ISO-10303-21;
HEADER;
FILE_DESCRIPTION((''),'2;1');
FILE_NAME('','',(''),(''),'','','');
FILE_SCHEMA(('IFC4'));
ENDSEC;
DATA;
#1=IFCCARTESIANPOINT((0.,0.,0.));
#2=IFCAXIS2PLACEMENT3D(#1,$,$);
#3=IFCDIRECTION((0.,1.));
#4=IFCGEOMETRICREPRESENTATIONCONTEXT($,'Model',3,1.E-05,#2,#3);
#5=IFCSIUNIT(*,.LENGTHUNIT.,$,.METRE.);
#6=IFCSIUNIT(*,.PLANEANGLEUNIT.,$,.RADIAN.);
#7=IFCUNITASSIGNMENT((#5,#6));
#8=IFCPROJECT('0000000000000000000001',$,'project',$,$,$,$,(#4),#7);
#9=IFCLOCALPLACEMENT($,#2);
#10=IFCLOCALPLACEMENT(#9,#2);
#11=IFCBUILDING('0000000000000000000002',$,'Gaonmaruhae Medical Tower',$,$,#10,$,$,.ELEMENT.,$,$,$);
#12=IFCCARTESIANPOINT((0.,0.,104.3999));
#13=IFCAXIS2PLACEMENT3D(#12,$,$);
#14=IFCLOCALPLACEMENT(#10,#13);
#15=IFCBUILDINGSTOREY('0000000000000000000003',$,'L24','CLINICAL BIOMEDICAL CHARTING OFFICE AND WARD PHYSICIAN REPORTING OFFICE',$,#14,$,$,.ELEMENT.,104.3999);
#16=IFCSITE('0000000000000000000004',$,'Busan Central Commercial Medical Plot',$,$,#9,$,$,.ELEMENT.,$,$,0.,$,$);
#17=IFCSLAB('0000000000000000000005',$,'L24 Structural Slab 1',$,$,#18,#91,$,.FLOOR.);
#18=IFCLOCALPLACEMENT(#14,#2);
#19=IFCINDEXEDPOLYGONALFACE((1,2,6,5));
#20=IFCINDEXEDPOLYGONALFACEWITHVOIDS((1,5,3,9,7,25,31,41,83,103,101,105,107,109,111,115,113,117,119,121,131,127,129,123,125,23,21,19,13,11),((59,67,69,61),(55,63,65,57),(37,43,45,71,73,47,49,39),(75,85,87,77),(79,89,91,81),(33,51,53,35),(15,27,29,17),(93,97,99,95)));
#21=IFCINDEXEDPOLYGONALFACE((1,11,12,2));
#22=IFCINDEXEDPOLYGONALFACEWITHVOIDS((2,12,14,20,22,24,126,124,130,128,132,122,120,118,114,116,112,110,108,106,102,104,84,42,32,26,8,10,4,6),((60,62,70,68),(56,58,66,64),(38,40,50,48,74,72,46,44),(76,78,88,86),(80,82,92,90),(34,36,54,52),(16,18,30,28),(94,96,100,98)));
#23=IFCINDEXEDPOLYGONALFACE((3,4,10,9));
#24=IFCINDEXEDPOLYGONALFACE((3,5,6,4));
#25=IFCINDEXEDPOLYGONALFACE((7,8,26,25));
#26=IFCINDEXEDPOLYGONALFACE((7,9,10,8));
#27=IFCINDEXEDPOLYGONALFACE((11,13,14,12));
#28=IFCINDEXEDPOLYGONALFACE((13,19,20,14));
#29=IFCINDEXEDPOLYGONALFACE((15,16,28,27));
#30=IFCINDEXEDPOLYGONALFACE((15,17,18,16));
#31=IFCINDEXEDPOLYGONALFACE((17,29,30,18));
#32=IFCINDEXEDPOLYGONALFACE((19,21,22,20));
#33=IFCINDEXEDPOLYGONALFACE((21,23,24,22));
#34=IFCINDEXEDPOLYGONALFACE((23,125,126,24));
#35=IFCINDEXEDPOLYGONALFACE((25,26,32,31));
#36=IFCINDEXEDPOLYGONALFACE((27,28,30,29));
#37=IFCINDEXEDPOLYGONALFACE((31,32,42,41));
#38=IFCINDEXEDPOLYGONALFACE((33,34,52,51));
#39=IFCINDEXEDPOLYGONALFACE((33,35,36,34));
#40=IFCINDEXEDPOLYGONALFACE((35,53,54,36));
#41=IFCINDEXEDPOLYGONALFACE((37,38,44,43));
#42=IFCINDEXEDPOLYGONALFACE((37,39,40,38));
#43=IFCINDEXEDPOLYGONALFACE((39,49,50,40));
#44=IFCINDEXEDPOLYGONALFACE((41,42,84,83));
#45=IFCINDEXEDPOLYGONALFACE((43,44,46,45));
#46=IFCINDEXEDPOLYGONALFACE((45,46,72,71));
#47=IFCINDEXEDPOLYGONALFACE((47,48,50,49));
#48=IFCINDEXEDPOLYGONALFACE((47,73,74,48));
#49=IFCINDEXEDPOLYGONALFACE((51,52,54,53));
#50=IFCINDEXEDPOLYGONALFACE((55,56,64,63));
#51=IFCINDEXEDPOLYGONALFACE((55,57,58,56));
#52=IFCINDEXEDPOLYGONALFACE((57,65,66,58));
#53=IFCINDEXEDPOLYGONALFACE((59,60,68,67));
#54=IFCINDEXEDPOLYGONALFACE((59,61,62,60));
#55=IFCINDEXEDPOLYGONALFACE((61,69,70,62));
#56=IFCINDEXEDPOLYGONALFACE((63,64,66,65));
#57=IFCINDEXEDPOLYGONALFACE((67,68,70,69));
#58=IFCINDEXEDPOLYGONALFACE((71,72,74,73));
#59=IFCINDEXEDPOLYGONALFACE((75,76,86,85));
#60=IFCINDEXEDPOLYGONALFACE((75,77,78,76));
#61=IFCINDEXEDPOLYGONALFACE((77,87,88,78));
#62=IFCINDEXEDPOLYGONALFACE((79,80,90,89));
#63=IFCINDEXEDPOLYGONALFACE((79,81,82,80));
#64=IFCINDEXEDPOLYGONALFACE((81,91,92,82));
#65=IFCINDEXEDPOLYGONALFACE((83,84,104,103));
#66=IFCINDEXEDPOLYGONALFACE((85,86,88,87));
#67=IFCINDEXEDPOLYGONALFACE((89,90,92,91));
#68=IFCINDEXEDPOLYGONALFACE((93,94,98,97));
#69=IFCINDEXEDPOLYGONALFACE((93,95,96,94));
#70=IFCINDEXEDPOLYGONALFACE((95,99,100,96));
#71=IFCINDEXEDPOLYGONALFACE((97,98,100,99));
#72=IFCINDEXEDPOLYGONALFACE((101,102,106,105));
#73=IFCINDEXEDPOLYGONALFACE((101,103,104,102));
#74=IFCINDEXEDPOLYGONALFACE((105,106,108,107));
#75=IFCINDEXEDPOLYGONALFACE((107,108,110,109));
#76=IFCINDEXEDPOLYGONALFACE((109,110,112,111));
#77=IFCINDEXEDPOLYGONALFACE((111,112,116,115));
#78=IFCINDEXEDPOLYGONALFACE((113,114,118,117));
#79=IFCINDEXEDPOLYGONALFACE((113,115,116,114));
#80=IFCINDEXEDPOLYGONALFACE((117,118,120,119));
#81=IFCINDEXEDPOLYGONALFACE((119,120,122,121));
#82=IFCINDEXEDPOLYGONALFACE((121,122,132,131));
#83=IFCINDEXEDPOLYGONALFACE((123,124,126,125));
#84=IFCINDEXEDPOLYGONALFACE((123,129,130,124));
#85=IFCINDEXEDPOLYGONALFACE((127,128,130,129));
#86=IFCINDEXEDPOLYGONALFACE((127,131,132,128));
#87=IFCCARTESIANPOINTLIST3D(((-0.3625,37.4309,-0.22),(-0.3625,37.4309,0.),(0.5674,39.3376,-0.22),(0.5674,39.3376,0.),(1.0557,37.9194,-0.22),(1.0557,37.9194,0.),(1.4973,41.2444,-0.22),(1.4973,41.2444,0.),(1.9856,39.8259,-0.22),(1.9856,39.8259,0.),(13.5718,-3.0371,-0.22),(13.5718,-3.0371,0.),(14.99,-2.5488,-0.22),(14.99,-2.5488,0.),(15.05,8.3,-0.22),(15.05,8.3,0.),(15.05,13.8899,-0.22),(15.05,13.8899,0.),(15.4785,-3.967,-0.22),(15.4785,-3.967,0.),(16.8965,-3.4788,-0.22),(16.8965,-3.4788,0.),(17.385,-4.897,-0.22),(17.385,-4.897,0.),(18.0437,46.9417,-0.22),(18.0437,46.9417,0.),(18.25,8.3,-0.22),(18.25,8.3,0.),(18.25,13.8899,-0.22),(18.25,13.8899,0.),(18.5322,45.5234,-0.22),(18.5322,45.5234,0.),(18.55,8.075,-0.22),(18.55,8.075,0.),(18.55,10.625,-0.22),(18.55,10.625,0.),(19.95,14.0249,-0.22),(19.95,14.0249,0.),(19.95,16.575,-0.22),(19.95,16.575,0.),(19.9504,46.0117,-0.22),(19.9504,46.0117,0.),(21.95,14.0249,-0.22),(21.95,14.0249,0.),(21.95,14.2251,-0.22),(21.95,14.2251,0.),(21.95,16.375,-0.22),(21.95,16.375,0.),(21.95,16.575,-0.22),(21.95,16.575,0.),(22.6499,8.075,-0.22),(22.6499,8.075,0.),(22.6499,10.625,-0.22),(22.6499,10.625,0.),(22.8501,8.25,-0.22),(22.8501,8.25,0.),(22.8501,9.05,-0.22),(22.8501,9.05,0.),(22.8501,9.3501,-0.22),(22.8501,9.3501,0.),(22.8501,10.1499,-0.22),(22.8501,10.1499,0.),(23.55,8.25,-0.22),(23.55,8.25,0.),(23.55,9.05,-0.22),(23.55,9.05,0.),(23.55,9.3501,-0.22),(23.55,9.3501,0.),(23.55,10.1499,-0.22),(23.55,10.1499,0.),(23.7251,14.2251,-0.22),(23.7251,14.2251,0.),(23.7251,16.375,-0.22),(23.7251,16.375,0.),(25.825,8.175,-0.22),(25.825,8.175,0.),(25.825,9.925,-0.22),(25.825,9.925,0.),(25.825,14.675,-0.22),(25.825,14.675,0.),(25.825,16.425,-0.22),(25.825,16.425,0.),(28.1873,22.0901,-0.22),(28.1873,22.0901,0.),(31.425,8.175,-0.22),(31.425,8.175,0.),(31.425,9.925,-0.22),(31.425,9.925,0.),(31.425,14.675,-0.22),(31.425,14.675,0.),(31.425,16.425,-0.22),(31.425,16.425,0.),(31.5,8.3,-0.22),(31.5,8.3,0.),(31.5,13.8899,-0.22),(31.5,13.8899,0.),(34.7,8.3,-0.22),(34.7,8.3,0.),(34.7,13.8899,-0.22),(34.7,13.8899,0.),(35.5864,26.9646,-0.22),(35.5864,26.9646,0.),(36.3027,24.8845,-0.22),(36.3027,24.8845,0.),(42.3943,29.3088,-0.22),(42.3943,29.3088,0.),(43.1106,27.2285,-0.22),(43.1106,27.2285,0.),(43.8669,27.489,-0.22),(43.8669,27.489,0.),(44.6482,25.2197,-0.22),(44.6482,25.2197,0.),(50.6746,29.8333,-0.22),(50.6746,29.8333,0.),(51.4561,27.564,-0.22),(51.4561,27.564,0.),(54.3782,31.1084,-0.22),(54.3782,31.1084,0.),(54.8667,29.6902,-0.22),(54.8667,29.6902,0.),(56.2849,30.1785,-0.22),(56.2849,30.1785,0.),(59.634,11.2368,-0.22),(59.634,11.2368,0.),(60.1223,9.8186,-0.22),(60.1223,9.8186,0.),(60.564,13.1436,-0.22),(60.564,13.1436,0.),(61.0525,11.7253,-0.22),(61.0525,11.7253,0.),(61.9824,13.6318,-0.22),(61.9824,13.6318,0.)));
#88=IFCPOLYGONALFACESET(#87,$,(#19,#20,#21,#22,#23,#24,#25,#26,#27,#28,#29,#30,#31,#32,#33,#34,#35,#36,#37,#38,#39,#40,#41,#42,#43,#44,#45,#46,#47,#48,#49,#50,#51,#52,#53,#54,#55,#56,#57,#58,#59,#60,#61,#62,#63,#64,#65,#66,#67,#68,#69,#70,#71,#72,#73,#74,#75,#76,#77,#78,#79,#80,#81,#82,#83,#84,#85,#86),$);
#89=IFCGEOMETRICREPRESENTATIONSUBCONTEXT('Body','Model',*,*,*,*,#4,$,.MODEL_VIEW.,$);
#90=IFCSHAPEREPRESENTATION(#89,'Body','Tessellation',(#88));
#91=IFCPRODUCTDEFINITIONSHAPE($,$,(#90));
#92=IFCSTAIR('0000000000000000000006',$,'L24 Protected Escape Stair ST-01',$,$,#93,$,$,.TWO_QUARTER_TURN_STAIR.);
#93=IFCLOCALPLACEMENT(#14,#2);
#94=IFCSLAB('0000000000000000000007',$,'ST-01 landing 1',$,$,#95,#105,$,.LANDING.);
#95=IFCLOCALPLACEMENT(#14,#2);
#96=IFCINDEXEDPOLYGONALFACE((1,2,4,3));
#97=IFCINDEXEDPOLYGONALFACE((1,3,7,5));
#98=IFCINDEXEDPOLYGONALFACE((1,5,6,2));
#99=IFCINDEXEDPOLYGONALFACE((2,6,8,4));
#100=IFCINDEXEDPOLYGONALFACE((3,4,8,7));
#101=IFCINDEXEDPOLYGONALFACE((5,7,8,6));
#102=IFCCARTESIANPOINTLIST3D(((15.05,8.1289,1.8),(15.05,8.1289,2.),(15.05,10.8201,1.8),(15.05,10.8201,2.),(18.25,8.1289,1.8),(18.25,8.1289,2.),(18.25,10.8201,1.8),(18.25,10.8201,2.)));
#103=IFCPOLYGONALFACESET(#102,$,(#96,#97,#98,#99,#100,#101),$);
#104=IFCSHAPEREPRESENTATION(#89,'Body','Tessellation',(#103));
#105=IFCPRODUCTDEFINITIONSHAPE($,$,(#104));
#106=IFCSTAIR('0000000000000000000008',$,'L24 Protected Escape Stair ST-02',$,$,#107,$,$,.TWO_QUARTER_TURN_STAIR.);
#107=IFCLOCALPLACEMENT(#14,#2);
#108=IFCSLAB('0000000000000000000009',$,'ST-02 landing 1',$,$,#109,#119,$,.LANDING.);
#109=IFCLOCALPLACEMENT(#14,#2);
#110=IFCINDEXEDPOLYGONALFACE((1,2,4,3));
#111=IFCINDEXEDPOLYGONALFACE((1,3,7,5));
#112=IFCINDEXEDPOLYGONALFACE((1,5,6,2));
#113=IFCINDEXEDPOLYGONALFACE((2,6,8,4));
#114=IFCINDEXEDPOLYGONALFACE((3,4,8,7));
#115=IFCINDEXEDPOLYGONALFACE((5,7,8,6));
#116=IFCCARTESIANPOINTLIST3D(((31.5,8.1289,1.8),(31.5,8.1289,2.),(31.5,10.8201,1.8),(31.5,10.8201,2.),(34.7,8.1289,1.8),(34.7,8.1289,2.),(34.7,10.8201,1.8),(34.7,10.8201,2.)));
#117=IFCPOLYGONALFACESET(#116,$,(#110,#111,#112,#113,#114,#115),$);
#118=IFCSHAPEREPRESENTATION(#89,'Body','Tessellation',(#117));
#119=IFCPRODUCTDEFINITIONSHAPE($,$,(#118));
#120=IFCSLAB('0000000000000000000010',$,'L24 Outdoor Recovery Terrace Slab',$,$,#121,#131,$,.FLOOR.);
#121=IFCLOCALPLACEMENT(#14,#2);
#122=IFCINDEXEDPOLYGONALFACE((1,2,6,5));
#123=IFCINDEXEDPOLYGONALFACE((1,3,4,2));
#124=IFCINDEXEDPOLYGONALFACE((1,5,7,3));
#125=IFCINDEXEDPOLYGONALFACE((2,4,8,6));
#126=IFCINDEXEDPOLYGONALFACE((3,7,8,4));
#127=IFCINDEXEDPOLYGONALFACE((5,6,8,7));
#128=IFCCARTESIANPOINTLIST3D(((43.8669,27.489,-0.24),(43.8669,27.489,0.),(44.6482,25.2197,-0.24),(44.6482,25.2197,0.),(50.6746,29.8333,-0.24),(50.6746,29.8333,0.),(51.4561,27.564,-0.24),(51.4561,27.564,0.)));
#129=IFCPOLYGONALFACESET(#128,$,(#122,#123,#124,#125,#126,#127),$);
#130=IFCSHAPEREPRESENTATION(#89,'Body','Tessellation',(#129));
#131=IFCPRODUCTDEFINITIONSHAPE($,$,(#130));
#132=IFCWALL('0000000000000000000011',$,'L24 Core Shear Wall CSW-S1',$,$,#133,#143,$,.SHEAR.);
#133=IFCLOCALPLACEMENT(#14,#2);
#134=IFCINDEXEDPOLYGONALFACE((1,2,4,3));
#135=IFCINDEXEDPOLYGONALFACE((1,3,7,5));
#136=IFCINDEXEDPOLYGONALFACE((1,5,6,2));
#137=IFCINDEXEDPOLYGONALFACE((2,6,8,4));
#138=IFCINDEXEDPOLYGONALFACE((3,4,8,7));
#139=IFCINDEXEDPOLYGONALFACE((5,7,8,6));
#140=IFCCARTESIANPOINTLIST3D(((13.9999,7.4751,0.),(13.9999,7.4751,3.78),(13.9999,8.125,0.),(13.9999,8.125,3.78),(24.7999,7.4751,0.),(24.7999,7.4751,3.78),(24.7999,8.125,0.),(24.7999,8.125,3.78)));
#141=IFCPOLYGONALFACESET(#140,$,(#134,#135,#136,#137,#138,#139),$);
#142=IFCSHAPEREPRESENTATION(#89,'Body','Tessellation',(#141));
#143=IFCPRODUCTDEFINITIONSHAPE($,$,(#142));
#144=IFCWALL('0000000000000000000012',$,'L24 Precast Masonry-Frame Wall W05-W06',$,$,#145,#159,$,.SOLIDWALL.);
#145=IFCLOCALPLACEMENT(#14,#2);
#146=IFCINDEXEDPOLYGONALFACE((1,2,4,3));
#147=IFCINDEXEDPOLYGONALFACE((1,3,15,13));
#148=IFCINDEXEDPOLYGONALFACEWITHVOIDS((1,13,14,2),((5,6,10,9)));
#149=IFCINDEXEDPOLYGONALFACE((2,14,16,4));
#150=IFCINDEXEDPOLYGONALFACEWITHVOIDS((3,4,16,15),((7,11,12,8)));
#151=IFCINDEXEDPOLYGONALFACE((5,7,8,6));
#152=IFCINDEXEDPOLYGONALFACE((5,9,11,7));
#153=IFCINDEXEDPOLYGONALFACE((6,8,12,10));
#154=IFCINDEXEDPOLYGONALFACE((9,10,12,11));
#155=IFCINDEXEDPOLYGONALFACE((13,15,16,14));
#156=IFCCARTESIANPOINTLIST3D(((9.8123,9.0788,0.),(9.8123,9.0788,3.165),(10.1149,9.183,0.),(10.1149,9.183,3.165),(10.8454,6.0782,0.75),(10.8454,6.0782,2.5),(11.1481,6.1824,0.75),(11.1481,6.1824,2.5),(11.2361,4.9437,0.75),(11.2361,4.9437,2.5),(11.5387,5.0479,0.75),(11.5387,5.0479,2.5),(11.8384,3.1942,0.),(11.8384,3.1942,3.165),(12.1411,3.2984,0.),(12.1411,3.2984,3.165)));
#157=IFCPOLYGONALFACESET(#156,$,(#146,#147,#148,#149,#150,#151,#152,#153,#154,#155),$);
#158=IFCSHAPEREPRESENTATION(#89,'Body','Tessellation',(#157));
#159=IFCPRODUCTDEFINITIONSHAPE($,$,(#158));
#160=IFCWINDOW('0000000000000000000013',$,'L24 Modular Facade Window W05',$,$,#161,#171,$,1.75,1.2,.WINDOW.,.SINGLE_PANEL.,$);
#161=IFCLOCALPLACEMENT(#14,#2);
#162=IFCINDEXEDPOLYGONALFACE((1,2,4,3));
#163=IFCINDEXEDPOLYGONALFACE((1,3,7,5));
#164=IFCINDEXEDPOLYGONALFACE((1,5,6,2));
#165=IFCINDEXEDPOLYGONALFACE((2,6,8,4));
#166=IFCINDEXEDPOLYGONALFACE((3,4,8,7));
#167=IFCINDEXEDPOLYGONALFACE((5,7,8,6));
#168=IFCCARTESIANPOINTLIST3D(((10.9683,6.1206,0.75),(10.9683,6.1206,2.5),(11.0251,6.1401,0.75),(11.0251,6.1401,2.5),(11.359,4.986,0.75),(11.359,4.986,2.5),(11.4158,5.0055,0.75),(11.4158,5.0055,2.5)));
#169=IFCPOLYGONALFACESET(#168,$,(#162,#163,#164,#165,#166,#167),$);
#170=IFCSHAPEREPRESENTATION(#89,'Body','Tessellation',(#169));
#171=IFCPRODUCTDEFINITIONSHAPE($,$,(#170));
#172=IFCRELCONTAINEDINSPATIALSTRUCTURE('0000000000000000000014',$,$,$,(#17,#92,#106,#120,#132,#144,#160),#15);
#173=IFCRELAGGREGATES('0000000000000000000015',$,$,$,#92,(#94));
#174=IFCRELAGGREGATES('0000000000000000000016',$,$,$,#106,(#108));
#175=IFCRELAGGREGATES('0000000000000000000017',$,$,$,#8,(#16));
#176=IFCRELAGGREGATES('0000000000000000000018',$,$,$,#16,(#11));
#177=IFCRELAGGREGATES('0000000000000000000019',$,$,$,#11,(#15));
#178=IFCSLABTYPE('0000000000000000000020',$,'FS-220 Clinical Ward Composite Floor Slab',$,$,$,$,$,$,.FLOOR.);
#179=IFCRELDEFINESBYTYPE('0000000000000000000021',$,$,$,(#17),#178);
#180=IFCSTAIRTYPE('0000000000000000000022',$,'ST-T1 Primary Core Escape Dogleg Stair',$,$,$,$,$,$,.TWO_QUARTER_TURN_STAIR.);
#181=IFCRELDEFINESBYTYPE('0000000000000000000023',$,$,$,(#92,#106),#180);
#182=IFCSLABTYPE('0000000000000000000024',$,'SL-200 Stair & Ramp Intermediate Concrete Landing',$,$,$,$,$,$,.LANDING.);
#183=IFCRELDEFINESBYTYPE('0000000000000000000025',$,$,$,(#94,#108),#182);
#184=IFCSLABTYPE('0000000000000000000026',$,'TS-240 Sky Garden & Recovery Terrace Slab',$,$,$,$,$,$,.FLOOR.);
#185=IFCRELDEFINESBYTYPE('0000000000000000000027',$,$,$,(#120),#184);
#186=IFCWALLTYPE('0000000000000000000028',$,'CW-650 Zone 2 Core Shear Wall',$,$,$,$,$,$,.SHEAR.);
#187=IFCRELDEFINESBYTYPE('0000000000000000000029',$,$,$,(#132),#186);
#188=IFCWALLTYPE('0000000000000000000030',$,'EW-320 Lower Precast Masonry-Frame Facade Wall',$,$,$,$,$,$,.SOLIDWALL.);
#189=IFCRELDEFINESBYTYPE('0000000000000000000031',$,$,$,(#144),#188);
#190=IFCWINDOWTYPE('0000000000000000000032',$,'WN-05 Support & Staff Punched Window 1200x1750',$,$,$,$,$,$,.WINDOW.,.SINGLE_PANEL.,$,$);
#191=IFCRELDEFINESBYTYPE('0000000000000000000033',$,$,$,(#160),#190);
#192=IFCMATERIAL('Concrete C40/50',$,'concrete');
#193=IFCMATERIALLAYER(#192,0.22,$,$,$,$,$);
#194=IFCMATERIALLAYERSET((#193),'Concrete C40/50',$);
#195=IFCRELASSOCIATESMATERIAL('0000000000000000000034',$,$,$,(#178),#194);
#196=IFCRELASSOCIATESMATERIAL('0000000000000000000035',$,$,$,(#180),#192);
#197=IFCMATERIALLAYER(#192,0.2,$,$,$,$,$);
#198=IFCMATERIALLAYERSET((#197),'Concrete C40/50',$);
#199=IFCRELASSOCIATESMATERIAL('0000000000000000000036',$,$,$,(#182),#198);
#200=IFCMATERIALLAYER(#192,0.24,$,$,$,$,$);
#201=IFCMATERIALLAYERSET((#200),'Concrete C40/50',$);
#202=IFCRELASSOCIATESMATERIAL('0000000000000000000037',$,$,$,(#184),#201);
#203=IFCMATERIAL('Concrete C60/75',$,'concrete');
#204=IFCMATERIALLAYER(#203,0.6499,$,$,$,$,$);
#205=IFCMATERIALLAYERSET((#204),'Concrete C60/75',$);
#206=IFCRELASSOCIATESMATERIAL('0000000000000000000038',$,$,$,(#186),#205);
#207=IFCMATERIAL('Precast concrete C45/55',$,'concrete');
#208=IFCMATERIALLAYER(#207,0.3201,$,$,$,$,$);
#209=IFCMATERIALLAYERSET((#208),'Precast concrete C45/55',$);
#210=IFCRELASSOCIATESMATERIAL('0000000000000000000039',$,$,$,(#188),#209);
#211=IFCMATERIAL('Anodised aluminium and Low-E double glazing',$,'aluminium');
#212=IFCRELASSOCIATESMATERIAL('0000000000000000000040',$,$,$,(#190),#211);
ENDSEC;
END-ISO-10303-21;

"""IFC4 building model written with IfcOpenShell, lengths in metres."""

from ifc_helpers import new_model, si_unit, direction, frame, frame_2d, origin, place, context, subcontext, project, spatial, polyline, rectangle, outline, extrude, material, layer, layer_set, type_object, element, fill, aggregate, save


model = new_model("IFC4")

# Units and contexts
model_context = context("Model", 3, precision=1e-05, world=origin(), true_north=direction((0.0, 1.0)))
body_context = subcontext(model_context, "Body", "Model", "MODEL_VIEW")
ifc_project = project(units=[si_unit("LENGTHUNIT", "METRE"), si_unit("PLANEANGLEUNIT", "RADIAN")], contexts=[model_context])

# Site, building, storey
site_placement = place(None, origin())
site = spatial("IfcSite", under=ifc_project, at=site_placement, Name="Busan Central Commercial Medical Plot", CompositionType="ELEMENT", RefElevation=0.0)
building_placement = place(site_placement, origin())
building = spatial("IfcBuilding", under=site, at=building_placement, Name="Gaonmaruhae Medical Tower", CompositionType="ELEMENT")
storey_placement = place(building_placement, frame((0.0, 0.0, 104.3999)))
storey = spatial("IfcBuildingStorey", under=building, at=storey_placement, Name="L24", Description="CLINICAL BIOMEDICAL CHARTING OFFICE AND WARD PHYSICIAN REPORTING OFFICE", CompositionType="ELEMENT", Elevation=104.3999)

# Shared definitions
ifc_material_1 = material(Name="Concrete C60/75", Category="concrete")

# Slab
ifc_material_2 = material(Name="Concrete C40/50", Category="concrete")
ifc_layer_1 = layer(ifc_material_2, 0.22)
ifc_layer_set_1 = layer_set([ifc_layer_1], Name="Concrete C40/50")
slab_type_1 = type_object("IfcSlabType", Name="FS-220 Clinical Ward Composite Floor Slab", PredefinedType="FLOOR", material=ifc_layer_set_1)
slab_1_placement = place(storey_placement, frame((0.0, 0.0, -0.22)))
element("IfcSlab", 1, at=slab_1_placement, inside=storey, type_object=slab_type_1, Name="L24 Structural Slab 1", PredefinedType="FLOOR", context=body_context, shape_type="SweptSolid", body=[
    extrude(outline(polyline([(54.8667, 29.6902), (56.2849, 30.1785), (61.9824, 13.6318), (60.564, 13.1436), (61.0525, 11.7253), (59.634, 11.2368), (60.1223, 9.8186), (17.385, -4.897), (16.8965, -3.4788), (15.4785, -3.967), (14.99, -2.5488), (13.5718, -3.0371), (-0.3625, 37.4309), (1.0557, 37.9194), (0.5674, 39.3376), (1.9856, 39.8259), (1.4973, 41.2444), (18.0437, 46.9417), (18.5322, 45.5234), (19.9504, 46.0117), (28.1873, 22.0901), (36.3027, 24.8845), (35.5864, 26.9646), (42.3943, 29.3088), (43.1106, 27.2285), (43.8669, 27.489), (44.6482, 25.2197), (51.4561, 27.564), (50.6746, 29.8333), (54.3782, 31.1084), (54.8667, 29.6902)]), holes=[polyline([(23.55, 8.25), (22.8501, 8.25), (22.8501, 9.05), (23.55, 9.05), (23.55, 8.25)]), polyline([(25.825, 9.925), (31.425, 9.925), (31.425, 8.175), (25.825, 8.175), (25.825, 9.925)]), polyline([(22.6499, 10.625), (22.6499, 8.075), (18.55, 8.075), (18.55, 10.625), (22.6499, 10.625)]), polyline([(23.55, 9.3501), (22.8501, 9.3501), (22.8501, 10.1499), (23.55, 10.1499), (23.55, 9.3501)]), polyline([(15.05, 13.8899), (18.25, 13.8899), (18.25, 8.3), (15.05, 8.3), (15.05, 13.8899)]), polyline([(31.5, 13.8899), (34.7, 13.8899), (34.7, 8.3), (31.5, 8.3), (31.5, 13.8899)]), polyline([(21.95, 14.2251), (21.95, 14.0249), (19.95, 14.0249), (19.95, 16.575), (21.95, 16.575), (21.95, 16.375), (23.7251, 16.375), (23.7251, 14.2251), (21.95, 14.2251)]), polyline([(25.825, 16.425), (31.425, 16.425), (31.425, 14.675), (25.825, 14.675), (25.825, 16.425)])]), origin(), (0.0, 0.0, 1.0), 0.22),
])

# Stairs, slabs
stair_type = type_object("IfcStairType", Name="ST-T1 Primary Core Escape Dogleg Stair", PredefinedType="TWO_QUARTER_TURN_STAIR", material=ifc_material_2)
stair_1_placement = place(storey_placement, origin())
stair_1 = element("IfcStair", 2, at=stair_1_placement, inside=storey, type_object=stair_type, Name="L24 Protected Escape Stair ST-01", PredefinedType="TWO_QUARTER_TURN_STAIR")
ifc_layer_2 = layer(ifc_material_2, 0.2)
ifc_layer_set_2 = layer_set([ifc_layer_2], Name="Concrete C40/50")
slab_type_2 = type_object("IfcSlabType", Name="SL-200 Stair & Ramp Intermediate Concrete Landing", PredefinedType="LANDING", material=ifc_layer_set_2)
slab_2_placement = place(storey_placement, frame((0.0, 0.0, 1.8)))
slab_2 = element("IfcSlab", 3, at=slab_2_placement, type_object=slab_type_2, Name="ST-01 landing 1", PredefinedType="LANDING", context=body_context, shape_type="SweptSolid", body=[
    extrude(outline(polyline([(15.05, 10.8201), (15.05, 8.1289), (18.25, 8.1289), (18.25, 10.8201), (15.05, 10.8201)])), origin(), (0.0, 0.0, 1.0), 0.2),
])
aggregate(stair_1, [slab_2])
stair_2_placement = place(storey_placement, origin())
stair_2 = element("IfcStair", 4, at=stair_2_placement, inside=storey, type_object=stair_type, Name="L24 Protected Escape Stair ST-02", PredefinedType="TWO_QUARTER_TURN_STAIR")
slab_3_placement = place(storey_placement, frame((0.0, 0.0, 1.8)))
slab_3 = element("IfcSlab", 5, at=slab_3_placement, type_object=slab_type_2, Name="ST-02 landing 1", PredefinedType="LANDING", context=body_context, shape_type="SweptSolid", body=[
    extrude(outline(polyline([(31.5, 10.8201), (31.5, 8.1289), (34.7, 8.1289), (34.7, 10.8201), (31.5, 10.8201)])), origin(), (0.0, 0.0, 1.0), 0.2),
])
aggregate(stair_2, [slab_3])

# Slab
ifc_layer_3 = layer(ifc_material_2, 0.24)
ifc_layer_set_3 = layer_set([ifc_layer_3], Name="Concrete C40/50")
slab_type_3 = type_object("IfcSlabType", Name="TS-240 Sky Garden & Recovery Terrace Slab", PredefinedType="FLOOR", material=ifc_layer_set_3)
slab_4_placement = place(storey_placement, frame((0.0, 0.0, -0.24)))
element("IfcSlab", 6, at=slab_4_placement, inside=storey, type_object=slab_type_3, Name="L24 Outdoor Recovery Terrace Slab", PredefinedType="FLOOR", context=body_context, shape_type="SweptSolid", body=[
    extrude(outline(polyline([(44.6482, 25.2197), (51.4561, 27.564), (50.6746, 29.8333), (43.8669, 27.489), (44.6482, 25.2197)])), origin(), (0.0, 0.0, 1.0), 0.24),
])

# Wall
ifc_layer_4 = layer(ifc_material_1, 0.6499)
ifc_layer_set_4 = layer_set([ifc_layer_4], Name="Concrete C60/75")
wall_type_1 = type_object("IfcWallType", Name="CW-650 Zone 2 Core Shear Wall", PredefinedType="SHEAR", material=ifc_layer_set_4)
wall_1_placement = place(storey_placement, frame((14.0, 7.8, 0.0), z_axis=(0.0, 0.0, 1.0), x_axis=(1.0, 0.0, 0.0)))
element("IfcWall", 7, at=wall_1_placement, inside=storey, type_object=wall_type_1, Name="L24 Core Shear Wall CSW-S1", PredefinedType="SHEAR", context=body_context, shape_type="SweptSolid", body=[
    extrude(rectangle(XDim=10.8, YDim=0.6499, at=frame_2d((5.3999, 0.0))), origin(), (0.0, 0.0, 1.0), 3.78),
])

# Wall, opening, window
ifc_material_3 = material(Name="Precast concrete C45/55", Category="concrete")
ifc_layer_5 = layer(ifc_material_3, 0.3201)
ifc_layer_set_5 = layer_set([ifc_layer_5], Name="Precast concrete C45/55")
wall_type_2 = type_object("IfcWallType", Name="EW-320 Lower Precast Masonry-Frame Facade Wall", PredefinedType="SOLIDWALL", material=ifc_layer_set_5)
wall_2_placement = place(storey_placement, frame((11.9897, 3.2463, 0.0), z_axis=(0.0, 0.0, 1.0), x_axis=(-0.325557, 0.945523, 0.0)))
wall_2 = element("IfcWall", 8, at=wall_2_placement, inside=storey, type_object=wall_type_2, Name="L24 Precast Masonry-Frame Wall W05-W06", PredefinedType="SOLIDWALL", context=body_context, shape_type="SweptSolid", body=[
    extrude(rectangle(XDim=6.2236, YDim=0.3201, at=frame_2d((3.1118, 0.0))), origin(), (0.0, 0.0, 1.0), 3.165),
])
opening_1_placement = place(wall_2_placement, frame((1.8501, 0.0, 0.75)))
opening_1 = element("IfcOpeningElement", 9, at=opening_1_placement, cuts=wall_2, PredefinedType="OPENING", context=body_context, shape_type="SweptSolid", body=[
    extrude(rectangle(XDim=1.2, YDim=1.75, at=frame_2d((0.6001, 0.875))), frame((0.0, 0.1699, 0.0), z_axis=(0.0, -1.0, 0.0), x_axis=(1.0, 0.0, 0.0)), (0.0, 0.0, 1.0), 0.3401),
])
ifc_material_4 = material(Name="Anodised aluminium and Low-E double glazing", Category="aluminium")
window_type_1 = type_object("IfcWindowType", Name="WN-05 Support & Staff Punched Window 1200x1750", PartitioningType="SINGLE_PANEL", PredefinedType="WINDOW", material=ifc_material_4)
window_1_placement = place(opening_1_placement, origin())
window_1 = element("IfcWindow", 10, at=window_1_placement, inside=storey, type_object=window_type_1, Name="L24 Modular Facade Window W05", OverallHeight=1.75, OverallWidth=1.2, PartitioningType="SINGLE_PANEL", PredefinedType="WINDOW", context=body_context, shape_type="SweptSolid", body=[
    extrude(rectangle(XDim=1.2, YDim=1.75, at=frame_2d((0.6001, 0.875))), frame((0.0, 0.03, 0.0), z_axis=(0.0, -1.0, 0.0), x_axis=(1.0, 0.0, 0.0)), (0.0, 0.0, 1.0), 0.0601),
])
fill(opening_1, window_1)

save(model, "model.ifc")
